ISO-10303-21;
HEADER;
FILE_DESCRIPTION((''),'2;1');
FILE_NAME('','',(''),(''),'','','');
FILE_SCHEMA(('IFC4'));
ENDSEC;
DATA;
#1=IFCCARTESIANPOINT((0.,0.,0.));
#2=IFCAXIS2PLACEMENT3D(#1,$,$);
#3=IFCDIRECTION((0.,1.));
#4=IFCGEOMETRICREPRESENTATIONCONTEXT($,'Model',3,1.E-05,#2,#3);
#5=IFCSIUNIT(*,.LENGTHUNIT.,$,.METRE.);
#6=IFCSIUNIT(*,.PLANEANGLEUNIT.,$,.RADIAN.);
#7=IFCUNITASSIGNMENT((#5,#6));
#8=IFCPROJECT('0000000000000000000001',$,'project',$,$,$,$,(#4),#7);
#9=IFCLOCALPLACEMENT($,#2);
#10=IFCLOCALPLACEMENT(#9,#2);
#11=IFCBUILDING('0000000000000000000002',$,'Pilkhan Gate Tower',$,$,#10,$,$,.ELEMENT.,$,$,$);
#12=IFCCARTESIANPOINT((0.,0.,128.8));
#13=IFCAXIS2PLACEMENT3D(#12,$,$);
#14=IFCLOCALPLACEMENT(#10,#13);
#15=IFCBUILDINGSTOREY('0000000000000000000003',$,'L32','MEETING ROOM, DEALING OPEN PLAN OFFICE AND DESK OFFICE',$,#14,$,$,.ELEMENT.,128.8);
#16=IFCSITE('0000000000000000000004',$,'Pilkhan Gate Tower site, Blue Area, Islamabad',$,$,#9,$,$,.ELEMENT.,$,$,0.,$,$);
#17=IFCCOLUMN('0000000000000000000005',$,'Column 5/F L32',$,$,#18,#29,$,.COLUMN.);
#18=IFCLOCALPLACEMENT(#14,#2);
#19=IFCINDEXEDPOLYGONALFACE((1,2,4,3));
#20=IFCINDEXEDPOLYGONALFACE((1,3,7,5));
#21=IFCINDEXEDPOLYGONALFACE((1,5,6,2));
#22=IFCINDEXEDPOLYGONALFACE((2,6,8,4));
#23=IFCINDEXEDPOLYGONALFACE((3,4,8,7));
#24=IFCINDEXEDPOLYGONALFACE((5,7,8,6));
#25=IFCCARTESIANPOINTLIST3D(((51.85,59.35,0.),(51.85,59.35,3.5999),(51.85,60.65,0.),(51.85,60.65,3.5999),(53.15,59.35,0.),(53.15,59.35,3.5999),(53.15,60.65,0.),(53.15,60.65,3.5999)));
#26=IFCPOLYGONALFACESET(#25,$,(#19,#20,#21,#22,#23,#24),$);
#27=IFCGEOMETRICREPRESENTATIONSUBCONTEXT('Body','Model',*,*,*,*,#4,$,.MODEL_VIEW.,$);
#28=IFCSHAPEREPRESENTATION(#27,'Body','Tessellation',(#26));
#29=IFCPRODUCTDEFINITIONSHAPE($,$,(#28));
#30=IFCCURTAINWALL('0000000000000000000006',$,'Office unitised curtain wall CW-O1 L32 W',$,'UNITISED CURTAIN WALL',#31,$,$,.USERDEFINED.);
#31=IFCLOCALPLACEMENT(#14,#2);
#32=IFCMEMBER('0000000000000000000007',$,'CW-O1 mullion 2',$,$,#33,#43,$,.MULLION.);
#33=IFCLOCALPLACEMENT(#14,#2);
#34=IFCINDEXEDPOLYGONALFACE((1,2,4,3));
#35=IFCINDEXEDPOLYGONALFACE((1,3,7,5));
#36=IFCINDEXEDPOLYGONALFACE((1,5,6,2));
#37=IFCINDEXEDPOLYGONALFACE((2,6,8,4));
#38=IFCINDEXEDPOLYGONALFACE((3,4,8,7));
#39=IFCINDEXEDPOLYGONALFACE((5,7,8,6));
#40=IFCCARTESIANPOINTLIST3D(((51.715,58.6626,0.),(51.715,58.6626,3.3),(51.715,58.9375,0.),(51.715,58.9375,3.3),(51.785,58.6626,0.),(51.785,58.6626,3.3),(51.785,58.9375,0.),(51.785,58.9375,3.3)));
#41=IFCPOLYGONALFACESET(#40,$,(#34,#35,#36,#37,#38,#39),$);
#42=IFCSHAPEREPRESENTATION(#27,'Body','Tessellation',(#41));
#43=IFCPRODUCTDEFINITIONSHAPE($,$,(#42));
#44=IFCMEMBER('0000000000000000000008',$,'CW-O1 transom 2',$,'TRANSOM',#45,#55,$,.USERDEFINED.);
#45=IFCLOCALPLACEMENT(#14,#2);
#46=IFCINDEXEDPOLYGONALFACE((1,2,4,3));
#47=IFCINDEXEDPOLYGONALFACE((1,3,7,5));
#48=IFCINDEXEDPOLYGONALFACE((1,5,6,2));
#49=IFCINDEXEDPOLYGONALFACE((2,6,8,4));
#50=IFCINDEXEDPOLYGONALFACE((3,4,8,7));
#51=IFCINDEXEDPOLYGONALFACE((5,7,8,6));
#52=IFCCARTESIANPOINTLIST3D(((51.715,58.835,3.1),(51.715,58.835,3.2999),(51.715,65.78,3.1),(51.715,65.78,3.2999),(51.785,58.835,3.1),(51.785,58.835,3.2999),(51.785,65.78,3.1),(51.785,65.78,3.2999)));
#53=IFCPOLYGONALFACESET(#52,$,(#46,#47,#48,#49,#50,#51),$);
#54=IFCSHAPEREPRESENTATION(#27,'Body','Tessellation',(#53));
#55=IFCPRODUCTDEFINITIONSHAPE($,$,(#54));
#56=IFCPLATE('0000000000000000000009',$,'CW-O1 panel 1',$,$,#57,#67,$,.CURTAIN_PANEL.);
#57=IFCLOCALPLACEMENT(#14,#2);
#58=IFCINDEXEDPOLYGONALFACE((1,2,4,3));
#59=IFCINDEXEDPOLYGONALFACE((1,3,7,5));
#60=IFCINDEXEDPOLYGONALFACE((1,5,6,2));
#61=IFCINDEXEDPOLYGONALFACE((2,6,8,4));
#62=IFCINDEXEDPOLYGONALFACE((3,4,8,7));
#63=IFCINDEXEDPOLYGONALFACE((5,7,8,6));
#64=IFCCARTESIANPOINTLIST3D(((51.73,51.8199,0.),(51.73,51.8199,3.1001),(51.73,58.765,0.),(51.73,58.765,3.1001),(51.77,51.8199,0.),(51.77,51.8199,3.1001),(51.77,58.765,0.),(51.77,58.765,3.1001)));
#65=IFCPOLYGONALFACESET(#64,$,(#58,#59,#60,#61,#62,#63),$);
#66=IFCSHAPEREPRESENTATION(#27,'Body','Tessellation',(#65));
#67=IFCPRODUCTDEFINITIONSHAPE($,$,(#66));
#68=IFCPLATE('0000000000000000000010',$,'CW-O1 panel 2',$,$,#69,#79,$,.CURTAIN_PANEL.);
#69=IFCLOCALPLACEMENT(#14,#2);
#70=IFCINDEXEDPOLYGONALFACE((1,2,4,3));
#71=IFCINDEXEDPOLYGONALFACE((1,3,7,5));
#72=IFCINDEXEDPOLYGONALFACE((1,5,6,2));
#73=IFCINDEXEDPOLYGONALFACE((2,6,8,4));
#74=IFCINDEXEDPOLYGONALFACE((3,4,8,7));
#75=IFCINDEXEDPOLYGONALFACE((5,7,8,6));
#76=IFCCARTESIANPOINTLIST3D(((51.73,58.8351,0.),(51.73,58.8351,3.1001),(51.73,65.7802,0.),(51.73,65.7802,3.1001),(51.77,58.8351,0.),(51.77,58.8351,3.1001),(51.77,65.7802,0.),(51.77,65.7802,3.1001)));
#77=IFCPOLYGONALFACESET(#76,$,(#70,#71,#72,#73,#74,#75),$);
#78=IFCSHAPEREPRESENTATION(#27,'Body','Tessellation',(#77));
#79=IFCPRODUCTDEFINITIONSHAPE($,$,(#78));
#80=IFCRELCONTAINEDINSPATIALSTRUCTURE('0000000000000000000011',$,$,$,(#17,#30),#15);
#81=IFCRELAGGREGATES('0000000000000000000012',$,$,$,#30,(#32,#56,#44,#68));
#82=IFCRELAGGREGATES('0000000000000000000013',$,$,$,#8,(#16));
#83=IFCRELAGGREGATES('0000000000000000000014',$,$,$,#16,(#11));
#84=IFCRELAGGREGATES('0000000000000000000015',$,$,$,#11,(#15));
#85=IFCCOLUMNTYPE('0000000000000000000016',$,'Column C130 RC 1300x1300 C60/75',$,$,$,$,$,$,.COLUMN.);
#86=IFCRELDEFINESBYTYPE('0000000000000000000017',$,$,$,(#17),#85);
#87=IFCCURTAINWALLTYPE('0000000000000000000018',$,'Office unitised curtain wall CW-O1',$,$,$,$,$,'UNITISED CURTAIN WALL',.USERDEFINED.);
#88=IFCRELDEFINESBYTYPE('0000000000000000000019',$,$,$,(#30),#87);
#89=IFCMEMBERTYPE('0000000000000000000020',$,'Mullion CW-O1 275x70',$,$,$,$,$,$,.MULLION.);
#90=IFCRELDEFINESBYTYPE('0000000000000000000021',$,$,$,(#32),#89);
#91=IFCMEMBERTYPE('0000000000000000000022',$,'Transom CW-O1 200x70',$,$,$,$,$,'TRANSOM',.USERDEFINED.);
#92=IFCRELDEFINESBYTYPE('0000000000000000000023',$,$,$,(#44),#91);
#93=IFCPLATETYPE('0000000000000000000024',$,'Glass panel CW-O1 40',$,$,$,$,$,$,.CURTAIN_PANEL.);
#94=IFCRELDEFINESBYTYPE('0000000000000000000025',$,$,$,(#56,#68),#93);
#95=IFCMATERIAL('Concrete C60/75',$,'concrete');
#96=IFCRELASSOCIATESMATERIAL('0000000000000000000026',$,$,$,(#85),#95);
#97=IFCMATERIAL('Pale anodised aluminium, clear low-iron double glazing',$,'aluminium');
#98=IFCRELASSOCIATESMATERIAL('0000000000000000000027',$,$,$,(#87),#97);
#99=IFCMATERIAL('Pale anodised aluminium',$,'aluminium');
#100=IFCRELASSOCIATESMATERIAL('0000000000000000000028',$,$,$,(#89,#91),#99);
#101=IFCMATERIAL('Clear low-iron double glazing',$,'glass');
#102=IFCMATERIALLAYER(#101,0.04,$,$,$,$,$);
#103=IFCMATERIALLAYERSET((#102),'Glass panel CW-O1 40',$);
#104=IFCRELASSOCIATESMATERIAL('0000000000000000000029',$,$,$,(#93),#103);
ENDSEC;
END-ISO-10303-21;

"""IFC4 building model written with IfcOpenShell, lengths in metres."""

from ifc_helpers import new_model, si_unit, direction, frame, origin, origin_2d, place, context, subcontext, project, spatial, rectangle, extrude, material, layer, layer_set, material_profile, profile_set, type_object, element, aggregate, save


model = new_model("IFC4")

# Units and contexts
model_context = context("Model", 3, precision=1e-05, world=origin(), true_north=direction((0.0, 1.0)))
body_context = subcontext(model_context, "Body", "Model", "MODEL_VIEW")
ifc_project = project(units=[si_unit("LENGTHUNIT", "METRE"), si_unit("PLANEANGLEUNIT", "RADIAN")], contexts=[model_context])

# Site, building, storey
site_placement = place(None, origin())
site = spatial("IfcSite", under=ifc_project, at=site_placement, Name="Pilkhan Gate Tower site, Blue Area, Islamabad", CompositionType="ELEMENT", RefElevation=0.0)
building_placement = place(site_placement, origin())
building = spatial("IfcBuilding", under=site, at=building_placement, Name="Pilkhan Gate Tower", CompositionType="ELEMENT")
storey_placement = place(building_placement, frame((0.0, 0.0, 128.8)))
storey = spatial("IfcBuildingStorey", under=building, at=storey_placement, Name="L32", Description="MEETING ROOM, DEALING OPEN PLAN OFFICE AND DESK OFFICE", CompositionType="ELEMENT", Elevation=128.8)

# Column
ifc_material_1 = material(Name="Concrete C60/75", Category="concrete")
ifc_material_profile_1 = material_profile(ifc_material_1, rectangle(XDim=1.3, YDim=1.3, at=origin_2d()), Name="RC 1300x1300")
ifc_profile_set_1 = profile_set([ifc_material_profile_1], Name="Concrete C60/75")
column_type = type_object("IfcColumnType", Name="Column C130 RC 1300x1300 C60/75", PredefinedType="COLUMN", material=ifc_profile_set_1)
column_placement = place(storey_placement, frame((52.5, 60.0, 0.0), z_axis=(0.0, 0.0, 1.0), x_axis=(1.0, 0.0, 0.0)))
element("IfcColumn", 1, at=column_placement, inside=storey, type_object=column_type, Name="Column 5/F L32", PredefinedType="COLUMN", context=body_context, shape_type="SweptSolid", body=[
    extrude(rectangle(XDim=1.3, YDim=1.3, at=origin_2d()), origin(), (0.0, 0.0, 1.0), 3.5999),
])

# Curtain wall, members, plates
ifc_material_2 = material(Name="Pale anodised aluminium, clear low-iron double glazing", Category="aluminium")
curtain_wall_type = type_object("IfcCurtainWallType", Name="Office unitised curtain wall CW-O1", ElementType="UNITISED CURTAIN WALL", PredefinedType="USERDEFINED", material=ifc_material_2)
curtain_wall_placement = place(storey_placement, origin())
curtain_wall = element("IfcCurtainWall", 2, at=curtain_wall_placement, inside=storey, type_object=curtain_wall_type, Name="Office unitised curtain wall CW-O1 L32 W", ObjectType="UNITISED CURTAIN WALL", PredefinedType="USERDEFINED")
ifc_material_3 = material(Name="Pale anodised aluminium", Category="aluminium")
ifc_material_profile_2 = material_profile(ifc_material_3, rectangle(XDim=0.0701, YDim=0.2749, at=origin_2d()), Name="Mullion 275x70")
ifc_profile_set_2 = profile_set([ifc_material_profile_2], Name="Pale anodised aluminium")
member_type_1 = type_object("IfcMemberType", Name="Mullion CW-O1 275x70", PredefinedType="MULLION", material=ifc_profile_set_2)
member_1_placement = place(storey_placement, frame((51.75, 58.8, 0.0), z_axis=(0.0, 0.0, 1.0), x_axis=(-1.0, 0.0, 0.0)))
member_1 = element("IfcMember", 3, at=member_1_placement, type_object=member_type_1, Name="CW-O1 mullion 2", PredefinedType="MULLION", context=body_context, shape_type="SweptSolid", body=[
    extrude(rectangle(XDim=0.0701, YDim=0.2749, at=origin_2d()), origin(), (0.0, 0.0, 1.0), 3.3),
])
ifc_material_profile_3 = material_profile(ifc_material_3, rectangle(XDim=0.0701, YDim=0.2, at=origin_2d()), Name="Transom 200x70")
ifc_profile_set_3 = profile_set([ifc_material_profile_3], Name="Pale anodised aluminium")
member_type_2 = type_object("IfcMemberType", Name="Transom CW-O1 200x70", ElementType="TRANSOM", PredefinedType="USERDEFINED", material=ifc_profile_set_3)
member_2_placement = place(storey_placement, frame((51.75, 58.835, 3.2), z_axis=(0.0, 1.0, 0.0), x_axis=(-1.0, 0.0, 0.0)))
member_2 = element("IfcMember", 4, at=member_2_placement, type_object=member_type_2, Name="CW-O1 transom 2", ObjectType="TRANSOM", PredefinedType="USERDEFINED", context=body_context, shape_type="SweptSolid", body=[
    extrude(rectangle(XDim=0.0701, YDim=0.2, at=origin_2d()), origin(), (0.0, 0.0, 1.0), 6.9451),
])
ifc_material_4 = material(Name="Clear low-iron double glazing", Category="glass")
ifc_layer_1 = layer(ifc_material_4, 0.04)
ifc_layer_set_1 = layer_set([ifc_layer_1], Name="Glass panel CW-O1 40")
plate_type = type_object("IfcPlateType", Name="Glass panel CW-O1 40", PredefinedType="CURTAIN_PANEL", material=ifc_layer_set_1)
plate_1_placement = place(storey_placement, frame((51.75, 55.2925, 0.0), z_axis=(0.0, 0.0, 1.0), x_axis=(0.0, 1.0, 0.0)))
plate_1 = element("IfcPlate", 5, at=plate_1_placement, type_object=plate_type, Name="CW-O1 panel 1", PredefinedType="CURTAIN_PANEL", context=body_context, shape_type="SweptSolid", body=[
    extrude(rectangle(XDim=6.9451, YDim=0.04, at=origin_2d()), origin(), (0.0, 0.0, 1.0), 3.1001),
])
plate_2_placement = place(storey_placement, frame((51.75, 62.3076, 0.0), z_axis=(0.0, 0.0, 1.0), x_axis=(0.0, 1.0, 0.0)))
plate_2 = element("IfcPlate", 6, at=plate_2_placement, type_object=plate_type, Name="CW-O1 panel 2", PredefinedType="CURTAIN_PANEL", context=body_context, shape_type="SweptSolid", body=[
    extrude(rectangle(XDim=6.9451, YDim=0.04, at=origin_2d()), origin(), (0.0, 0.0, 1.0), 3.1001),
])
aggregate(curtain_wall, [member_1, plate_1, member_2, plate_2])

save(model, "model.ifc")
